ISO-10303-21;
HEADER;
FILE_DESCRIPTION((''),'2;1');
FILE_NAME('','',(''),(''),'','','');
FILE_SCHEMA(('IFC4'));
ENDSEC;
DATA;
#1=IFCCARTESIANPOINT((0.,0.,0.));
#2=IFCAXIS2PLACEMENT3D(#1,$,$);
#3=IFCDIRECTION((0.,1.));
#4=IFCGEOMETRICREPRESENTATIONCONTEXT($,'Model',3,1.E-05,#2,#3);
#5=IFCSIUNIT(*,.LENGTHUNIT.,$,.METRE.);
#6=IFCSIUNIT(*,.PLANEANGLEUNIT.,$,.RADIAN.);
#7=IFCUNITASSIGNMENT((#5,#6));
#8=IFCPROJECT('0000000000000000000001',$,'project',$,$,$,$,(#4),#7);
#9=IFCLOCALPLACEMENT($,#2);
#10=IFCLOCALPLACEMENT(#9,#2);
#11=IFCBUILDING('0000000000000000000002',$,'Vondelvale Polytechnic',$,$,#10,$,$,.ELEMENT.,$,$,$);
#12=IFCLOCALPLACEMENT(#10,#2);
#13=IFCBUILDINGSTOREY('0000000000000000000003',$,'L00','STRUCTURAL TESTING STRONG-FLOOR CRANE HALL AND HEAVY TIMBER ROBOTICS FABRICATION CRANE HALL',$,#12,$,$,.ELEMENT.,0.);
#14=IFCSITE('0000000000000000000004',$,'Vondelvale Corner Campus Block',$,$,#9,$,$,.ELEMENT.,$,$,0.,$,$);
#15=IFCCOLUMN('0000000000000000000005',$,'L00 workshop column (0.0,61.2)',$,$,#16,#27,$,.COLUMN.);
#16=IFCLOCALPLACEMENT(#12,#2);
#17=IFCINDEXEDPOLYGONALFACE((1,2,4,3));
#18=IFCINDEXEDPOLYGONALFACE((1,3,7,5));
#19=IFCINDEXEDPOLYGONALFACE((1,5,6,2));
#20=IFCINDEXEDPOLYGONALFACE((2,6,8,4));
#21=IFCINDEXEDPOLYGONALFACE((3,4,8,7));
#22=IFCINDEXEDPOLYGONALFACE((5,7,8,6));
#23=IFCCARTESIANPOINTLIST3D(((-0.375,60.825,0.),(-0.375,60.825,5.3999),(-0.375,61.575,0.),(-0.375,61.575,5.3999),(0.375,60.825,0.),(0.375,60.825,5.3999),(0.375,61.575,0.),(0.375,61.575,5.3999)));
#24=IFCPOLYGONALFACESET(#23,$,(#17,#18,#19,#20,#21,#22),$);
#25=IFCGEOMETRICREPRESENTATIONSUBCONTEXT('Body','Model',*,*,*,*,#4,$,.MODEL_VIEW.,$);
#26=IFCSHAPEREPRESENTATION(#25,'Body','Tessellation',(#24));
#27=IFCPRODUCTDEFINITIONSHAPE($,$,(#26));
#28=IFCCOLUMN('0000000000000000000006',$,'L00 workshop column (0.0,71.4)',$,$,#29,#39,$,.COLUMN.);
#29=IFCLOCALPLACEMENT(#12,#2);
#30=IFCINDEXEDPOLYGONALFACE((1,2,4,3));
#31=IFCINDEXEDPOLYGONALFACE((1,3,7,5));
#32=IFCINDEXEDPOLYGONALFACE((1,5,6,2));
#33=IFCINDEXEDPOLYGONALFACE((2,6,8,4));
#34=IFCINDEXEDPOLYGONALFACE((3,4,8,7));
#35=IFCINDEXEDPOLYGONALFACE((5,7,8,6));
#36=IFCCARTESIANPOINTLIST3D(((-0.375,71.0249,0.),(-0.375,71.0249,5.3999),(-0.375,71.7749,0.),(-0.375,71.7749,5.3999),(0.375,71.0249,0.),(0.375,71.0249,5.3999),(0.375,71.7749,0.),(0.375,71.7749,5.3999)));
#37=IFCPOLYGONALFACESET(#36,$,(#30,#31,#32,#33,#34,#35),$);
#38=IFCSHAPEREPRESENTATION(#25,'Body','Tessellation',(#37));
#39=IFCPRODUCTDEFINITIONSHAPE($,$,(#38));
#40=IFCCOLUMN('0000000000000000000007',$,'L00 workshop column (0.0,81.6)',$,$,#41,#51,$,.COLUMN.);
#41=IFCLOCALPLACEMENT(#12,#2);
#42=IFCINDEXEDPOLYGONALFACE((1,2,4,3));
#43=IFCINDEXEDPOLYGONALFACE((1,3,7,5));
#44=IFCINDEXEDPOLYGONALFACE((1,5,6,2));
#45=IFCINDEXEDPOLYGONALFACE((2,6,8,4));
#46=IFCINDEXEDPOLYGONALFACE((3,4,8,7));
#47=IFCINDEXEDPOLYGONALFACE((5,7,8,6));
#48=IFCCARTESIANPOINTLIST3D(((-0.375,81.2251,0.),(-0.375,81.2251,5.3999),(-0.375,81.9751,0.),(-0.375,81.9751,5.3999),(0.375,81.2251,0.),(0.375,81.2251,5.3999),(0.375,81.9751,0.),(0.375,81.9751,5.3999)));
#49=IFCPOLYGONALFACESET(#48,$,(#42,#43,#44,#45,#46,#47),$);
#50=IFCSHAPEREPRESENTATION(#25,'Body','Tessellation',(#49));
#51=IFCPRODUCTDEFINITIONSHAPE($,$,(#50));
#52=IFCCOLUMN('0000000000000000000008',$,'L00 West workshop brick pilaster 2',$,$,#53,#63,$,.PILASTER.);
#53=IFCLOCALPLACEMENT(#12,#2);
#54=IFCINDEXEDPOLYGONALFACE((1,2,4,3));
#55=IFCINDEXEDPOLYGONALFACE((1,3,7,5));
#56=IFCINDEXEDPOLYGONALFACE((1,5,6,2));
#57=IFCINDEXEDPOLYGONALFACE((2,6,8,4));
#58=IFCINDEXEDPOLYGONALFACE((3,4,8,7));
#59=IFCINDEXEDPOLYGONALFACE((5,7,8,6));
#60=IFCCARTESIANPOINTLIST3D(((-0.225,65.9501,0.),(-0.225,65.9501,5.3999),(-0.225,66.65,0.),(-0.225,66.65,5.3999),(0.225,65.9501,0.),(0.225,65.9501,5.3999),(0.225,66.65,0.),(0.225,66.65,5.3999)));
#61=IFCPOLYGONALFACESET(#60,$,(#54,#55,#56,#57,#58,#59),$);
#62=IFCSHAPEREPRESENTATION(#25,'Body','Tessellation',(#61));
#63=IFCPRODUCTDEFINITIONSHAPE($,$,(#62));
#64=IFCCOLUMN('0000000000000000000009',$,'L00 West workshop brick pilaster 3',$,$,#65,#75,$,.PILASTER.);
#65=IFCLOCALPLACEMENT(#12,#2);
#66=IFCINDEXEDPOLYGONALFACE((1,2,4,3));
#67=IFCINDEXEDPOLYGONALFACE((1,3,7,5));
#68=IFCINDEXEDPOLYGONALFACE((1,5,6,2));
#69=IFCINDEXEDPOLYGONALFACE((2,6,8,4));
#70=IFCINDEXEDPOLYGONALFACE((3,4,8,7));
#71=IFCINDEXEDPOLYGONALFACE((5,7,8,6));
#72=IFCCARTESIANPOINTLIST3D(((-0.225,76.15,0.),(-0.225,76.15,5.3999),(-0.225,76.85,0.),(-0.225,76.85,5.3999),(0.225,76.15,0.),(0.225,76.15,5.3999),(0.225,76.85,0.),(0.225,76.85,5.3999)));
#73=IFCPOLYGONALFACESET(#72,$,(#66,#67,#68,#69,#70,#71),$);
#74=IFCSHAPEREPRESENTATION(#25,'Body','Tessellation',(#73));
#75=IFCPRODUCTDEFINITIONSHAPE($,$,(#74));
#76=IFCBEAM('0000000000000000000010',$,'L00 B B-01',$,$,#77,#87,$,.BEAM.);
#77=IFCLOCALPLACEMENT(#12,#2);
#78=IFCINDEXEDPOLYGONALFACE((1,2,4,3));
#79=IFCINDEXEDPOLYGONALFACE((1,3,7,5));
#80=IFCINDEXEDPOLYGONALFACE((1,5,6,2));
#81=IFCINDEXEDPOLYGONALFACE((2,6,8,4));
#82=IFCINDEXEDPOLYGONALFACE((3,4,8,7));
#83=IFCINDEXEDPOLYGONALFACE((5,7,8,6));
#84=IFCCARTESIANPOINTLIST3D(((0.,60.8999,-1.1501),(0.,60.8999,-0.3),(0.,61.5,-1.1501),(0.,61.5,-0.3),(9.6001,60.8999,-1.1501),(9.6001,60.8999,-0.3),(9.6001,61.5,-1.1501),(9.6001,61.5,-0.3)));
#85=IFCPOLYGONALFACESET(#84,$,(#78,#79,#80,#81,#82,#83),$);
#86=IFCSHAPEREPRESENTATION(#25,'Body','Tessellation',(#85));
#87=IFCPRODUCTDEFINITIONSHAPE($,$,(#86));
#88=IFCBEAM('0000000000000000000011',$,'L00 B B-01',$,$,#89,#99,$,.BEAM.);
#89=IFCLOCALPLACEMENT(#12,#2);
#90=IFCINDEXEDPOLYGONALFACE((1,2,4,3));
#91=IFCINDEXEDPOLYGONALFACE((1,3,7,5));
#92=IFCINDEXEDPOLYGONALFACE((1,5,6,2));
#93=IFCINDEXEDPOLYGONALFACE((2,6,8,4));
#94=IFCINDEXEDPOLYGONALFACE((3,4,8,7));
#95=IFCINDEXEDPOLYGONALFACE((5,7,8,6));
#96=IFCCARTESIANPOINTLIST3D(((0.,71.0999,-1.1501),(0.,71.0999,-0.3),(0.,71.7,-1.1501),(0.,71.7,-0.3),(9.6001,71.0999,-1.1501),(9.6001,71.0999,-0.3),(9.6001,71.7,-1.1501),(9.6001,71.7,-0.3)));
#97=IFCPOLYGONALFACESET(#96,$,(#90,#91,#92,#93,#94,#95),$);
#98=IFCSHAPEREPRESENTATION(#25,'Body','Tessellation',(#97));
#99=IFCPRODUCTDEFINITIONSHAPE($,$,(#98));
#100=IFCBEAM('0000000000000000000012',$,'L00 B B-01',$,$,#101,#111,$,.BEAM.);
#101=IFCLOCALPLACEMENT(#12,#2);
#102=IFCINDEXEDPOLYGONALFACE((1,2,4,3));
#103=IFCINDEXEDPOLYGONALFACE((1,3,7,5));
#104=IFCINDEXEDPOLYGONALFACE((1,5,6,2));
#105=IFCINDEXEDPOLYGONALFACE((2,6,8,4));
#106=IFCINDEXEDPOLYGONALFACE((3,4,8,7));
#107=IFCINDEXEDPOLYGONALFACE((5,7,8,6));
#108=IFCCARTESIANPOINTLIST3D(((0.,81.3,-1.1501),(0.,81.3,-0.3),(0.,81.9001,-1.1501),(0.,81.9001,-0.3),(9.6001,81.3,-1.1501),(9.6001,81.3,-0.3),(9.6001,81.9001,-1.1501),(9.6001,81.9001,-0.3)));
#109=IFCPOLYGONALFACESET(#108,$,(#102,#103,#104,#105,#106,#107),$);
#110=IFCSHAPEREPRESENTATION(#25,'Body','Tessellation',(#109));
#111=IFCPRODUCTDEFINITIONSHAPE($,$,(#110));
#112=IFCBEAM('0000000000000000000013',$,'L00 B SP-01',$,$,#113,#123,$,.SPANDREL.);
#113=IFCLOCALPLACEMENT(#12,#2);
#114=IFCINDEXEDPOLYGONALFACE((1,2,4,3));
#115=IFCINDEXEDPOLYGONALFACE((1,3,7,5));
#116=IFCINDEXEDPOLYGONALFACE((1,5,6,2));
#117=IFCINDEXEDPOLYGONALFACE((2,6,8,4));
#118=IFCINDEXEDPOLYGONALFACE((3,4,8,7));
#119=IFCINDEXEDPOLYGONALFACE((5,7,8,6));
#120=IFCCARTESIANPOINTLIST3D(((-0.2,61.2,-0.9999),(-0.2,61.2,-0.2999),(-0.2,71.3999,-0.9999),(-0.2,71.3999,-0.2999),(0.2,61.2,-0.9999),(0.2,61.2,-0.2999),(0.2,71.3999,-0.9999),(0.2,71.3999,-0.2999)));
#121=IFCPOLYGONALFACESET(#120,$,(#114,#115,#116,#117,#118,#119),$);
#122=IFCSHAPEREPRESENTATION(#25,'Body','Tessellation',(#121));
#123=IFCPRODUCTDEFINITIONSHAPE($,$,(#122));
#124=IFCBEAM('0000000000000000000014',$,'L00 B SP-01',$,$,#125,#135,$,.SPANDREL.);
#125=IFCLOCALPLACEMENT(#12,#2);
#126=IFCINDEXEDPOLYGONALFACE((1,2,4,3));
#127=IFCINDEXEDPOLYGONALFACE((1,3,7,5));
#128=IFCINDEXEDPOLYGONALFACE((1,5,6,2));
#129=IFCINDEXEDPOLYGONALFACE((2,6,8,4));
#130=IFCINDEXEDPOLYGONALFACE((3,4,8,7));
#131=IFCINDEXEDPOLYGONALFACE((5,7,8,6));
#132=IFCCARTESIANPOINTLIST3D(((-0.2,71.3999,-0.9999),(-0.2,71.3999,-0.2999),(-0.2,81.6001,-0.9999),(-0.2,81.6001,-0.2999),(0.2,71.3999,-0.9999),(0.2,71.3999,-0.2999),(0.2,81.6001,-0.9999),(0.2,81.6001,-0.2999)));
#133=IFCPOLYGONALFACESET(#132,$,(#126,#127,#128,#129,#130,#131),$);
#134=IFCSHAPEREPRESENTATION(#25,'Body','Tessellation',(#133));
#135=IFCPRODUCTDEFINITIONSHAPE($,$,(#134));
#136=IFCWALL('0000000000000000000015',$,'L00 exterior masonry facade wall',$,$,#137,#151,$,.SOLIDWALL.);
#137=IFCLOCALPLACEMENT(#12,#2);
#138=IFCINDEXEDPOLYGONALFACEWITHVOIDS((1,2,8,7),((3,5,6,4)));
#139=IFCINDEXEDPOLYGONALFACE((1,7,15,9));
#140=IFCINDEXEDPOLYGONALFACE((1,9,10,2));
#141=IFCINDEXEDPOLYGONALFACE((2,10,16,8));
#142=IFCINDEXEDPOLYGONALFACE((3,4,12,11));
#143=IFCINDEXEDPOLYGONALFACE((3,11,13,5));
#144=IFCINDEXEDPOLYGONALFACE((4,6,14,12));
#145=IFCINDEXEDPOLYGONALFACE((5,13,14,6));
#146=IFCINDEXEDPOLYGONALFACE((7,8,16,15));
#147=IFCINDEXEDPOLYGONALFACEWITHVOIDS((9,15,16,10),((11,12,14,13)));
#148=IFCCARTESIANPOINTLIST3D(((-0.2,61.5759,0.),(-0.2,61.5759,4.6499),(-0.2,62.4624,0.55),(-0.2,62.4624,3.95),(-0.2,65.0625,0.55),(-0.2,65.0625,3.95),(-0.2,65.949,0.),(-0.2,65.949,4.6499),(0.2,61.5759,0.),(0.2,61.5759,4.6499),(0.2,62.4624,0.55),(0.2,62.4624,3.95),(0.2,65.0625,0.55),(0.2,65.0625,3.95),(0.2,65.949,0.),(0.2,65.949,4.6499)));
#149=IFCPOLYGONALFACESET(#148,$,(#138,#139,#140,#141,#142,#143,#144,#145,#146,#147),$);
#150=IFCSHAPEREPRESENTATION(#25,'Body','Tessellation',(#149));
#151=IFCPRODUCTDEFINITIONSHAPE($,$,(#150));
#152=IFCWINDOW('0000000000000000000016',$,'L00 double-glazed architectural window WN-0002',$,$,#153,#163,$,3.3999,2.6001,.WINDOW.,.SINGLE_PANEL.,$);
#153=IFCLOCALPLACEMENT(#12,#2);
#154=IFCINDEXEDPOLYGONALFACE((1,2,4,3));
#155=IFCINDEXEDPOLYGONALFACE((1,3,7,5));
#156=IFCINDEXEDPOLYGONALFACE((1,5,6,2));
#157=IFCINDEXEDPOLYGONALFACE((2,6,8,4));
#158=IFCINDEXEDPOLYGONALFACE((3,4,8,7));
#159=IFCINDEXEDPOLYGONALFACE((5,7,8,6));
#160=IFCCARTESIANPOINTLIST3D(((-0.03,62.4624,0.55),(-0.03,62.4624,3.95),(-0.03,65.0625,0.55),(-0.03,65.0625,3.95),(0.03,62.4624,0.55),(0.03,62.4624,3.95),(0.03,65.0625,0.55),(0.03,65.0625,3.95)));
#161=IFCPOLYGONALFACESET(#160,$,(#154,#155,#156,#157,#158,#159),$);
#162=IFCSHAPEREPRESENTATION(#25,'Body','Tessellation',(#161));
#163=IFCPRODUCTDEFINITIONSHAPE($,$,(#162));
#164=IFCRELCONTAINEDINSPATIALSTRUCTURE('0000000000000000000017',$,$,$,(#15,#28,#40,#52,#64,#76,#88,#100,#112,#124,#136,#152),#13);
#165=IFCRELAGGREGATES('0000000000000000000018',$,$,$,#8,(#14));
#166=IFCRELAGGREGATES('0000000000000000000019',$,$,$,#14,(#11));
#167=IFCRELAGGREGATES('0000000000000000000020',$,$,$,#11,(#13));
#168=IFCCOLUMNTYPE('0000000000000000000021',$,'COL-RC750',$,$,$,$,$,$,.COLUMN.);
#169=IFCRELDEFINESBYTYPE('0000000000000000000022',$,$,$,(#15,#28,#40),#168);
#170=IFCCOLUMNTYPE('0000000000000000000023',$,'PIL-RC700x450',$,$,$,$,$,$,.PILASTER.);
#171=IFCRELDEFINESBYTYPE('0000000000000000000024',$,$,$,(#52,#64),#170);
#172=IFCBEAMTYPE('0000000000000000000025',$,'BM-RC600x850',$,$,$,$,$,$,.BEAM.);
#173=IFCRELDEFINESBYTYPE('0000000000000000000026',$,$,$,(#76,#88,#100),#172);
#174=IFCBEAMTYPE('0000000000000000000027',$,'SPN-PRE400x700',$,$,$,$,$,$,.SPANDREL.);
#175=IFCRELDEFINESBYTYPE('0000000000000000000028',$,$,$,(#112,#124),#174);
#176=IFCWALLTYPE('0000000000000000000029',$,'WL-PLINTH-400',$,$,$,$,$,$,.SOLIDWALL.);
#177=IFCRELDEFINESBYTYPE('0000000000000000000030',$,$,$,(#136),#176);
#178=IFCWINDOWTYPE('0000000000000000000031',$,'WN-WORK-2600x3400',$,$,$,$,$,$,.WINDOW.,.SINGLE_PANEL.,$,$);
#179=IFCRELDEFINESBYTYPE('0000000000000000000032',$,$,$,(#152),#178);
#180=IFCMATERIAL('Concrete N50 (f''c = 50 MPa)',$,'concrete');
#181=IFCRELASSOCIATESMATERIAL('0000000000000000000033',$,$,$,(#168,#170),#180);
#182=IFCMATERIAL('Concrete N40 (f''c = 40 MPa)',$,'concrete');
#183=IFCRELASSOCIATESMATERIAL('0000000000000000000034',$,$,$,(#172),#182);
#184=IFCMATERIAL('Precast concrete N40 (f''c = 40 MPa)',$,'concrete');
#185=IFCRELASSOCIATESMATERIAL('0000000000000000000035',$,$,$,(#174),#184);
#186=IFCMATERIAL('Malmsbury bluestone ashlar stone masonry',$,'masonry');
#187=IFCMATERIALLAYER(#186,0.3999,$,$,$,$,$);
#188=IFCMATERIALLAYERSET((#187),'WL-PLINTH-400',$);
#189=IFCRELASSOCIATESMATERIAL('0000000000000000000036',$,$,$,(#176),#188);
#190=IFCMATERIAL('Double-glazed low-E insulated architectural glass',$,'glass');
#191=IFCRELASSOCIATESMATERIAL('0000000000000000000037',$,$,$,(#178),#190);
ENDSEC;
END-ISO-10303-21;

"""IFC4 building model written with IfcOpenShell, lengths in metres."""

from ifc_helpers import new_model, si_unit, direction, frame, frame_2d, origin, origin_2d, place, context, subcontext, project, spatial, rectangle, extrude, material, layer, layer_set, material_profile, profile_set, type_object, element, fill, save


model = new_model("IFC4")

# Units and contexts
model_context = context("Model", 3, precision=1e-05, world=origin(), true_north=direction((0.0, 1.0)))
body_context = subcontext(model_context, "Body", "Model", "MODEL_VIEW")
ifc_project = project(units=[si_unit("LENGTHUNIT", "METRE"), si_unit("PLANEANGLEUNIT", "RADIAN")], contexts=[model_context])

# Site, building, storey
site_placement = place(None, origin())
site = spatial("IfcSite", under=ifc_project, at=site_placement, Name="Vondelvale Corner Campus Block", CompositionType="ELEMENT", RefElevation=0.0)
building_placement = place(site_placement, origin())
building = spatial("IfcBuilding", under=site, at=building_placement, Name="Vondelvale Polytechnic", CompositionType="ELEMENT")
storey_placement = place(building_placement, origin())
storey = spatial("IfcBuildingStorey", under=building, at=storey_placement, Name="L00", Description="STRUCTURAL TESTING STRONG-FLOOR CRANE HALL AND HEAVY TIMBER ROBOTICS FABRICATION CRANE HALL", CompositionType="ELEMENT", Elevation=0.0)

# Columns
ifc_material_1 = material(Name="Concrete N50 (f'c = 50 MPa)", Category="concrete")
ifc_material_profile_1 = material_profile(ifc_material_1, rectangle(XDim=0.75, YDim=0.75, at=origin_2d()), Name="RC-COL-750x750")
ifc_profile_set_1 = profile_set([ifc_material_profile_1], Name="Concrete N50 (f'c = 50 MPa)")
column_type_1 = type_object("IfcColumnType", Name="COL-RC750", PredefinedType="COLUMN", material=ifc_profile_set_1)
for number, where, z_axis, x_axis, name in (
    (1, (0.0, 61.2, 0.0), (0.0, 0.0, 1.0), (1.0, 0.0, 0.0), "L00 workshop column (0.0,61.2)"),
    (2, (0.0, 71.3999, 0.0), (0.0, 0.0, 1.0), (1.0, 0.0, 0.0), "L00 workshop column (0.0,71.4)"),
    (3, (0.0, 81.6001, 0.0), (0.0, 0.0, 1.0), (1.0, 0.0, 0.0), "L00 workshop column (0.0,81.6)"),
):
    element("IfcColumn", number, at=place(storey_placement, frame(where, z_axis=z_axis, x_axis=x_axis)), inside=storey, type_object=column_type_1, Name=name, PredefinedType="COLUMN", context=body_context, shape_type="SweptSolid", body=[
        extrude(rectangle(XDim=0.75, YDim=0.75, at=origin_2d()), origin(), (0.0, 0.0, 1.0), 5.3999),
    ])
ifc_material_profile_2 = material_profile(ifc_material_1, rectangle(XDim=0.45, YDim=0.7, at=origin_2d()), Name="RC-PIL-700x450")
ifc_profile_set_2 = profile_set([ifc_material_profile_2], Name="Concrete N50 (f'c = 50 MPa)")
column_type_2 = type_object("IfcColumnType", Name="PIL-RC700x450", PredefinedType="PILASTER", material=ifc_profile_set_2)
for number, where, z_axis, x_axis, name in (
    (4, (0.0, 66.3, 0.0), (0.0, 0.0, 1.0), (1.0, 0.0, 0.0), "L00 West workshop brick pilaster 2"),
    (5, (0.0, 76.5, 0.0), (0.0, 0.0, 1.0), (1.0, 0.0, 0.0), "L00 West workshop brick pilaster 3"),
):
    element("IfcColumn", number, at=place(storey_placement, frame(where, z_axis=z_axis, x_axis=x_axis)), inside=storey, type_object=column_type_2, Name=name, PredefinedType="PILASTER", context=body_context, shape_type="SweptSolid", body=[
        extrude(rectangle(XDim=0.45, YDim=0.7, at=origin_2d()), origin(), (0.0, 0.0, 1.0), 5.3999),
    ])

# Beams
ifc_material_2 = material(Name="Concrete N40 (f'c = 40 MPa)", Category="concrete")
ifc_material_profile_3 = material_profile(ifc_material_2, rectangle(XDim=0.6001, YDim=0.8501, at=origin_2d()), Name="RC-BM-600x850")
ifc_profile_set_3 = profile_set([ifc_material_profile_3], Name="Concrete N40 (f'c = 40 MPa)")
beam_type_1 = type_object("IfcBeamType", Name="BM-RC600x850", PredefinedType="BEAM", material=ifc_profile_set_3)
for number, where, z_axis, x_axis, name in (
    (6, (0.0, 61.2, -0.7251), (1.0, 0.0, 0.0), (0.0, 1.0, 0.0), "L00 B B-01"),
    (7, (0.0, 71.3999, -0.7251), (1.0, 0.0, 0.0), (0.0, 1.0, 0.0), "L00 B B-01"),
    (8, (0.0, 81.6001, -0.7251), (1.0, 0.0, 0.0), (0.0, 1.0, 0.0), "L00 B B-01"),
):
    element("IfcBeam", number, at=place(storey_placement, frame(where, z_axis=z_axis, x_axis=x_axis)), inside=storey, type_object=beam_type_1, Name=name, PredefinedType="BEAM", context=body_context, shape_type="SweptSolid", body=[
        extrude(rectangle(XDim=0.6001, YDim=0.8501, at=origin_2d()), origin(), (0.0, 0.0, 1.0), 9.6001),
    ])
ifc_material_3 = material(Name="Precast concrete N40 (f'c = 40 MPa)", Category="concrete")
ifc_material_profile_4 = material_profile(ifc_material_3, rectangle(XDim=0.3999, YDim=0.7, at=origin_2d()), Name="RC-SPN-400x700")
ifc_profile_set_4 = profile_set([ifc_material_profile_4], Name="Precast concrete N40 (f'c = 40 MPa)")
beam_type_2 = type_object("IfcBeamType", Name="SPN-PRE400x700", PredefinedType="SPANDREL", material=ifc_profile_set_4)
beam_1_placement = place(storey_placement, frame((0.0, 61.2, -0.6499), z_axis=(0.0, 1.0, 0.0), x_axis=(-1.0, 0.0, 0.0)))
element("IfcBeam", 9, at=beam_1_placement, inside=storey, type_object=beam_type_2, Name="L00 B SP-01", PredefinedType="SPANDREL", context=body_context, shape_type="SweptSolid", body=[
    extrude(rectangle(XDim=0.3999, YDim=0.7, at=origin_2d()), origin(), (0.0, 0.0, 1.0), 10.2),
])
beam_2_placement = place(storey_placement, frame((0.0, 71.3999, -0.6499), z_axis=(0.0, 1.0, 0.0), x_axis=(-1.0, 0.0, 0.0)))
element("IfcBeam", 10, at=beam_2_placement, inside=storey, type_object=beam_type_2, Name="L00 B SP-01", PredefinedType="SPANDREL", context=body_context, shape_type="SweptSolid", body=[
    extrude(rectangle(XDim=0.3999, YDim=0.7, at=origin_2d()), origin(), (0.0, 0.0, 1.0), 10.2002),
])

# Wall, opening, window
ifc_material_4 = material(Name="Malmsbury bluestone ashlar stone masonry", Category="masonry")
ifc_layer_1 = layer(ifc_material_4, 0.3999)
ifc_layer_set_1 = layer_set([ifc_layer_1], Name="WL-PLINTH-400")
wall_type = type_object("IfcWallType", Name="WL-PLINTH-400", PredefinedType="SOLIDWALL", material=ifc_layer_set_1)
wall_1_placement = place(storey_placement, frame((0.0, 61.5759, 0.0), z_axis=(0.0, 0.0, 1.0), x_axis=(0.0, 1.0, 0.0)))
wall_1 = element("IfcWall", 11, at=wall_1_placement, inside=storey, type_object=wall_type, Name="L00 exterior masonry facade wall", PredefinedType="SOLIDWALL", context=body_context, shape_type="SweptSolid", body=[
    extrude(rectangle(XDim=4.373, YDim=0.3999, at=frame_2d((2.1865, 0.0))), origin(), (0.0, 0.0, 1.0), 4.6499),
])
opening_1_placement = place(wall_1_placement, frame((0.8865, 0.0, 0.55)))
opening_1 = element("IfcOpeningElement", 12, at=opening_1_placement, cuts=wall_1, PredefinedType="OPENING", context=body_context, shape_type="SweptSolid", body=[
    extrude(rectangle(XDim=2.6001, YDim=3.3999, at=frame_2d((1.3, 1.7))), frame((0.0, 0.21, 0.0), z_axis=(0.0, -1.0, 0.0), x_axis=(1.0, 0.0, 0.0)), (0.0, 0.0, 1.0), 0.4199),
])
ifc_material_5 = material(Name="Double-glazed low-E insulated architectural glass", Category="glass")
window_type_1 = type_object("IfcWindowType", Name="WN-WORK-2600x3400", PartitioningType="SINGLE_PANEL", PredefinedType="WINDOW", material=ifc_material_5)
window_1_placement = place(opening_1_placement, origin())
window_1 = element("IfcWindow", 13, at=window_1_placement, inside=storey, type_object=window_type_1, Name="L00 double-glazed architectural window WN-0002", OverallHeight=3.3999, OverallWidth=2.6001, PartitioningType="SINGLE_PANEL", PredefinedType="WINDOW", context=body_context, shape_type="SweptSolid", body=[
    extrude(rectangle(XDim=2.6001, YDim=3.3999, at=frame_2d((1.3, 1.7))), frame((0.0, 0.03, 0.0), z_axis=(0.0, -1.0, 0.0), x_axis=(1.0, 0.0, 0.0)), (0.0, 0.0, 1.0), 0.0601),
])
fill(opening_1, window_1)

save(model, "model.ifc")
